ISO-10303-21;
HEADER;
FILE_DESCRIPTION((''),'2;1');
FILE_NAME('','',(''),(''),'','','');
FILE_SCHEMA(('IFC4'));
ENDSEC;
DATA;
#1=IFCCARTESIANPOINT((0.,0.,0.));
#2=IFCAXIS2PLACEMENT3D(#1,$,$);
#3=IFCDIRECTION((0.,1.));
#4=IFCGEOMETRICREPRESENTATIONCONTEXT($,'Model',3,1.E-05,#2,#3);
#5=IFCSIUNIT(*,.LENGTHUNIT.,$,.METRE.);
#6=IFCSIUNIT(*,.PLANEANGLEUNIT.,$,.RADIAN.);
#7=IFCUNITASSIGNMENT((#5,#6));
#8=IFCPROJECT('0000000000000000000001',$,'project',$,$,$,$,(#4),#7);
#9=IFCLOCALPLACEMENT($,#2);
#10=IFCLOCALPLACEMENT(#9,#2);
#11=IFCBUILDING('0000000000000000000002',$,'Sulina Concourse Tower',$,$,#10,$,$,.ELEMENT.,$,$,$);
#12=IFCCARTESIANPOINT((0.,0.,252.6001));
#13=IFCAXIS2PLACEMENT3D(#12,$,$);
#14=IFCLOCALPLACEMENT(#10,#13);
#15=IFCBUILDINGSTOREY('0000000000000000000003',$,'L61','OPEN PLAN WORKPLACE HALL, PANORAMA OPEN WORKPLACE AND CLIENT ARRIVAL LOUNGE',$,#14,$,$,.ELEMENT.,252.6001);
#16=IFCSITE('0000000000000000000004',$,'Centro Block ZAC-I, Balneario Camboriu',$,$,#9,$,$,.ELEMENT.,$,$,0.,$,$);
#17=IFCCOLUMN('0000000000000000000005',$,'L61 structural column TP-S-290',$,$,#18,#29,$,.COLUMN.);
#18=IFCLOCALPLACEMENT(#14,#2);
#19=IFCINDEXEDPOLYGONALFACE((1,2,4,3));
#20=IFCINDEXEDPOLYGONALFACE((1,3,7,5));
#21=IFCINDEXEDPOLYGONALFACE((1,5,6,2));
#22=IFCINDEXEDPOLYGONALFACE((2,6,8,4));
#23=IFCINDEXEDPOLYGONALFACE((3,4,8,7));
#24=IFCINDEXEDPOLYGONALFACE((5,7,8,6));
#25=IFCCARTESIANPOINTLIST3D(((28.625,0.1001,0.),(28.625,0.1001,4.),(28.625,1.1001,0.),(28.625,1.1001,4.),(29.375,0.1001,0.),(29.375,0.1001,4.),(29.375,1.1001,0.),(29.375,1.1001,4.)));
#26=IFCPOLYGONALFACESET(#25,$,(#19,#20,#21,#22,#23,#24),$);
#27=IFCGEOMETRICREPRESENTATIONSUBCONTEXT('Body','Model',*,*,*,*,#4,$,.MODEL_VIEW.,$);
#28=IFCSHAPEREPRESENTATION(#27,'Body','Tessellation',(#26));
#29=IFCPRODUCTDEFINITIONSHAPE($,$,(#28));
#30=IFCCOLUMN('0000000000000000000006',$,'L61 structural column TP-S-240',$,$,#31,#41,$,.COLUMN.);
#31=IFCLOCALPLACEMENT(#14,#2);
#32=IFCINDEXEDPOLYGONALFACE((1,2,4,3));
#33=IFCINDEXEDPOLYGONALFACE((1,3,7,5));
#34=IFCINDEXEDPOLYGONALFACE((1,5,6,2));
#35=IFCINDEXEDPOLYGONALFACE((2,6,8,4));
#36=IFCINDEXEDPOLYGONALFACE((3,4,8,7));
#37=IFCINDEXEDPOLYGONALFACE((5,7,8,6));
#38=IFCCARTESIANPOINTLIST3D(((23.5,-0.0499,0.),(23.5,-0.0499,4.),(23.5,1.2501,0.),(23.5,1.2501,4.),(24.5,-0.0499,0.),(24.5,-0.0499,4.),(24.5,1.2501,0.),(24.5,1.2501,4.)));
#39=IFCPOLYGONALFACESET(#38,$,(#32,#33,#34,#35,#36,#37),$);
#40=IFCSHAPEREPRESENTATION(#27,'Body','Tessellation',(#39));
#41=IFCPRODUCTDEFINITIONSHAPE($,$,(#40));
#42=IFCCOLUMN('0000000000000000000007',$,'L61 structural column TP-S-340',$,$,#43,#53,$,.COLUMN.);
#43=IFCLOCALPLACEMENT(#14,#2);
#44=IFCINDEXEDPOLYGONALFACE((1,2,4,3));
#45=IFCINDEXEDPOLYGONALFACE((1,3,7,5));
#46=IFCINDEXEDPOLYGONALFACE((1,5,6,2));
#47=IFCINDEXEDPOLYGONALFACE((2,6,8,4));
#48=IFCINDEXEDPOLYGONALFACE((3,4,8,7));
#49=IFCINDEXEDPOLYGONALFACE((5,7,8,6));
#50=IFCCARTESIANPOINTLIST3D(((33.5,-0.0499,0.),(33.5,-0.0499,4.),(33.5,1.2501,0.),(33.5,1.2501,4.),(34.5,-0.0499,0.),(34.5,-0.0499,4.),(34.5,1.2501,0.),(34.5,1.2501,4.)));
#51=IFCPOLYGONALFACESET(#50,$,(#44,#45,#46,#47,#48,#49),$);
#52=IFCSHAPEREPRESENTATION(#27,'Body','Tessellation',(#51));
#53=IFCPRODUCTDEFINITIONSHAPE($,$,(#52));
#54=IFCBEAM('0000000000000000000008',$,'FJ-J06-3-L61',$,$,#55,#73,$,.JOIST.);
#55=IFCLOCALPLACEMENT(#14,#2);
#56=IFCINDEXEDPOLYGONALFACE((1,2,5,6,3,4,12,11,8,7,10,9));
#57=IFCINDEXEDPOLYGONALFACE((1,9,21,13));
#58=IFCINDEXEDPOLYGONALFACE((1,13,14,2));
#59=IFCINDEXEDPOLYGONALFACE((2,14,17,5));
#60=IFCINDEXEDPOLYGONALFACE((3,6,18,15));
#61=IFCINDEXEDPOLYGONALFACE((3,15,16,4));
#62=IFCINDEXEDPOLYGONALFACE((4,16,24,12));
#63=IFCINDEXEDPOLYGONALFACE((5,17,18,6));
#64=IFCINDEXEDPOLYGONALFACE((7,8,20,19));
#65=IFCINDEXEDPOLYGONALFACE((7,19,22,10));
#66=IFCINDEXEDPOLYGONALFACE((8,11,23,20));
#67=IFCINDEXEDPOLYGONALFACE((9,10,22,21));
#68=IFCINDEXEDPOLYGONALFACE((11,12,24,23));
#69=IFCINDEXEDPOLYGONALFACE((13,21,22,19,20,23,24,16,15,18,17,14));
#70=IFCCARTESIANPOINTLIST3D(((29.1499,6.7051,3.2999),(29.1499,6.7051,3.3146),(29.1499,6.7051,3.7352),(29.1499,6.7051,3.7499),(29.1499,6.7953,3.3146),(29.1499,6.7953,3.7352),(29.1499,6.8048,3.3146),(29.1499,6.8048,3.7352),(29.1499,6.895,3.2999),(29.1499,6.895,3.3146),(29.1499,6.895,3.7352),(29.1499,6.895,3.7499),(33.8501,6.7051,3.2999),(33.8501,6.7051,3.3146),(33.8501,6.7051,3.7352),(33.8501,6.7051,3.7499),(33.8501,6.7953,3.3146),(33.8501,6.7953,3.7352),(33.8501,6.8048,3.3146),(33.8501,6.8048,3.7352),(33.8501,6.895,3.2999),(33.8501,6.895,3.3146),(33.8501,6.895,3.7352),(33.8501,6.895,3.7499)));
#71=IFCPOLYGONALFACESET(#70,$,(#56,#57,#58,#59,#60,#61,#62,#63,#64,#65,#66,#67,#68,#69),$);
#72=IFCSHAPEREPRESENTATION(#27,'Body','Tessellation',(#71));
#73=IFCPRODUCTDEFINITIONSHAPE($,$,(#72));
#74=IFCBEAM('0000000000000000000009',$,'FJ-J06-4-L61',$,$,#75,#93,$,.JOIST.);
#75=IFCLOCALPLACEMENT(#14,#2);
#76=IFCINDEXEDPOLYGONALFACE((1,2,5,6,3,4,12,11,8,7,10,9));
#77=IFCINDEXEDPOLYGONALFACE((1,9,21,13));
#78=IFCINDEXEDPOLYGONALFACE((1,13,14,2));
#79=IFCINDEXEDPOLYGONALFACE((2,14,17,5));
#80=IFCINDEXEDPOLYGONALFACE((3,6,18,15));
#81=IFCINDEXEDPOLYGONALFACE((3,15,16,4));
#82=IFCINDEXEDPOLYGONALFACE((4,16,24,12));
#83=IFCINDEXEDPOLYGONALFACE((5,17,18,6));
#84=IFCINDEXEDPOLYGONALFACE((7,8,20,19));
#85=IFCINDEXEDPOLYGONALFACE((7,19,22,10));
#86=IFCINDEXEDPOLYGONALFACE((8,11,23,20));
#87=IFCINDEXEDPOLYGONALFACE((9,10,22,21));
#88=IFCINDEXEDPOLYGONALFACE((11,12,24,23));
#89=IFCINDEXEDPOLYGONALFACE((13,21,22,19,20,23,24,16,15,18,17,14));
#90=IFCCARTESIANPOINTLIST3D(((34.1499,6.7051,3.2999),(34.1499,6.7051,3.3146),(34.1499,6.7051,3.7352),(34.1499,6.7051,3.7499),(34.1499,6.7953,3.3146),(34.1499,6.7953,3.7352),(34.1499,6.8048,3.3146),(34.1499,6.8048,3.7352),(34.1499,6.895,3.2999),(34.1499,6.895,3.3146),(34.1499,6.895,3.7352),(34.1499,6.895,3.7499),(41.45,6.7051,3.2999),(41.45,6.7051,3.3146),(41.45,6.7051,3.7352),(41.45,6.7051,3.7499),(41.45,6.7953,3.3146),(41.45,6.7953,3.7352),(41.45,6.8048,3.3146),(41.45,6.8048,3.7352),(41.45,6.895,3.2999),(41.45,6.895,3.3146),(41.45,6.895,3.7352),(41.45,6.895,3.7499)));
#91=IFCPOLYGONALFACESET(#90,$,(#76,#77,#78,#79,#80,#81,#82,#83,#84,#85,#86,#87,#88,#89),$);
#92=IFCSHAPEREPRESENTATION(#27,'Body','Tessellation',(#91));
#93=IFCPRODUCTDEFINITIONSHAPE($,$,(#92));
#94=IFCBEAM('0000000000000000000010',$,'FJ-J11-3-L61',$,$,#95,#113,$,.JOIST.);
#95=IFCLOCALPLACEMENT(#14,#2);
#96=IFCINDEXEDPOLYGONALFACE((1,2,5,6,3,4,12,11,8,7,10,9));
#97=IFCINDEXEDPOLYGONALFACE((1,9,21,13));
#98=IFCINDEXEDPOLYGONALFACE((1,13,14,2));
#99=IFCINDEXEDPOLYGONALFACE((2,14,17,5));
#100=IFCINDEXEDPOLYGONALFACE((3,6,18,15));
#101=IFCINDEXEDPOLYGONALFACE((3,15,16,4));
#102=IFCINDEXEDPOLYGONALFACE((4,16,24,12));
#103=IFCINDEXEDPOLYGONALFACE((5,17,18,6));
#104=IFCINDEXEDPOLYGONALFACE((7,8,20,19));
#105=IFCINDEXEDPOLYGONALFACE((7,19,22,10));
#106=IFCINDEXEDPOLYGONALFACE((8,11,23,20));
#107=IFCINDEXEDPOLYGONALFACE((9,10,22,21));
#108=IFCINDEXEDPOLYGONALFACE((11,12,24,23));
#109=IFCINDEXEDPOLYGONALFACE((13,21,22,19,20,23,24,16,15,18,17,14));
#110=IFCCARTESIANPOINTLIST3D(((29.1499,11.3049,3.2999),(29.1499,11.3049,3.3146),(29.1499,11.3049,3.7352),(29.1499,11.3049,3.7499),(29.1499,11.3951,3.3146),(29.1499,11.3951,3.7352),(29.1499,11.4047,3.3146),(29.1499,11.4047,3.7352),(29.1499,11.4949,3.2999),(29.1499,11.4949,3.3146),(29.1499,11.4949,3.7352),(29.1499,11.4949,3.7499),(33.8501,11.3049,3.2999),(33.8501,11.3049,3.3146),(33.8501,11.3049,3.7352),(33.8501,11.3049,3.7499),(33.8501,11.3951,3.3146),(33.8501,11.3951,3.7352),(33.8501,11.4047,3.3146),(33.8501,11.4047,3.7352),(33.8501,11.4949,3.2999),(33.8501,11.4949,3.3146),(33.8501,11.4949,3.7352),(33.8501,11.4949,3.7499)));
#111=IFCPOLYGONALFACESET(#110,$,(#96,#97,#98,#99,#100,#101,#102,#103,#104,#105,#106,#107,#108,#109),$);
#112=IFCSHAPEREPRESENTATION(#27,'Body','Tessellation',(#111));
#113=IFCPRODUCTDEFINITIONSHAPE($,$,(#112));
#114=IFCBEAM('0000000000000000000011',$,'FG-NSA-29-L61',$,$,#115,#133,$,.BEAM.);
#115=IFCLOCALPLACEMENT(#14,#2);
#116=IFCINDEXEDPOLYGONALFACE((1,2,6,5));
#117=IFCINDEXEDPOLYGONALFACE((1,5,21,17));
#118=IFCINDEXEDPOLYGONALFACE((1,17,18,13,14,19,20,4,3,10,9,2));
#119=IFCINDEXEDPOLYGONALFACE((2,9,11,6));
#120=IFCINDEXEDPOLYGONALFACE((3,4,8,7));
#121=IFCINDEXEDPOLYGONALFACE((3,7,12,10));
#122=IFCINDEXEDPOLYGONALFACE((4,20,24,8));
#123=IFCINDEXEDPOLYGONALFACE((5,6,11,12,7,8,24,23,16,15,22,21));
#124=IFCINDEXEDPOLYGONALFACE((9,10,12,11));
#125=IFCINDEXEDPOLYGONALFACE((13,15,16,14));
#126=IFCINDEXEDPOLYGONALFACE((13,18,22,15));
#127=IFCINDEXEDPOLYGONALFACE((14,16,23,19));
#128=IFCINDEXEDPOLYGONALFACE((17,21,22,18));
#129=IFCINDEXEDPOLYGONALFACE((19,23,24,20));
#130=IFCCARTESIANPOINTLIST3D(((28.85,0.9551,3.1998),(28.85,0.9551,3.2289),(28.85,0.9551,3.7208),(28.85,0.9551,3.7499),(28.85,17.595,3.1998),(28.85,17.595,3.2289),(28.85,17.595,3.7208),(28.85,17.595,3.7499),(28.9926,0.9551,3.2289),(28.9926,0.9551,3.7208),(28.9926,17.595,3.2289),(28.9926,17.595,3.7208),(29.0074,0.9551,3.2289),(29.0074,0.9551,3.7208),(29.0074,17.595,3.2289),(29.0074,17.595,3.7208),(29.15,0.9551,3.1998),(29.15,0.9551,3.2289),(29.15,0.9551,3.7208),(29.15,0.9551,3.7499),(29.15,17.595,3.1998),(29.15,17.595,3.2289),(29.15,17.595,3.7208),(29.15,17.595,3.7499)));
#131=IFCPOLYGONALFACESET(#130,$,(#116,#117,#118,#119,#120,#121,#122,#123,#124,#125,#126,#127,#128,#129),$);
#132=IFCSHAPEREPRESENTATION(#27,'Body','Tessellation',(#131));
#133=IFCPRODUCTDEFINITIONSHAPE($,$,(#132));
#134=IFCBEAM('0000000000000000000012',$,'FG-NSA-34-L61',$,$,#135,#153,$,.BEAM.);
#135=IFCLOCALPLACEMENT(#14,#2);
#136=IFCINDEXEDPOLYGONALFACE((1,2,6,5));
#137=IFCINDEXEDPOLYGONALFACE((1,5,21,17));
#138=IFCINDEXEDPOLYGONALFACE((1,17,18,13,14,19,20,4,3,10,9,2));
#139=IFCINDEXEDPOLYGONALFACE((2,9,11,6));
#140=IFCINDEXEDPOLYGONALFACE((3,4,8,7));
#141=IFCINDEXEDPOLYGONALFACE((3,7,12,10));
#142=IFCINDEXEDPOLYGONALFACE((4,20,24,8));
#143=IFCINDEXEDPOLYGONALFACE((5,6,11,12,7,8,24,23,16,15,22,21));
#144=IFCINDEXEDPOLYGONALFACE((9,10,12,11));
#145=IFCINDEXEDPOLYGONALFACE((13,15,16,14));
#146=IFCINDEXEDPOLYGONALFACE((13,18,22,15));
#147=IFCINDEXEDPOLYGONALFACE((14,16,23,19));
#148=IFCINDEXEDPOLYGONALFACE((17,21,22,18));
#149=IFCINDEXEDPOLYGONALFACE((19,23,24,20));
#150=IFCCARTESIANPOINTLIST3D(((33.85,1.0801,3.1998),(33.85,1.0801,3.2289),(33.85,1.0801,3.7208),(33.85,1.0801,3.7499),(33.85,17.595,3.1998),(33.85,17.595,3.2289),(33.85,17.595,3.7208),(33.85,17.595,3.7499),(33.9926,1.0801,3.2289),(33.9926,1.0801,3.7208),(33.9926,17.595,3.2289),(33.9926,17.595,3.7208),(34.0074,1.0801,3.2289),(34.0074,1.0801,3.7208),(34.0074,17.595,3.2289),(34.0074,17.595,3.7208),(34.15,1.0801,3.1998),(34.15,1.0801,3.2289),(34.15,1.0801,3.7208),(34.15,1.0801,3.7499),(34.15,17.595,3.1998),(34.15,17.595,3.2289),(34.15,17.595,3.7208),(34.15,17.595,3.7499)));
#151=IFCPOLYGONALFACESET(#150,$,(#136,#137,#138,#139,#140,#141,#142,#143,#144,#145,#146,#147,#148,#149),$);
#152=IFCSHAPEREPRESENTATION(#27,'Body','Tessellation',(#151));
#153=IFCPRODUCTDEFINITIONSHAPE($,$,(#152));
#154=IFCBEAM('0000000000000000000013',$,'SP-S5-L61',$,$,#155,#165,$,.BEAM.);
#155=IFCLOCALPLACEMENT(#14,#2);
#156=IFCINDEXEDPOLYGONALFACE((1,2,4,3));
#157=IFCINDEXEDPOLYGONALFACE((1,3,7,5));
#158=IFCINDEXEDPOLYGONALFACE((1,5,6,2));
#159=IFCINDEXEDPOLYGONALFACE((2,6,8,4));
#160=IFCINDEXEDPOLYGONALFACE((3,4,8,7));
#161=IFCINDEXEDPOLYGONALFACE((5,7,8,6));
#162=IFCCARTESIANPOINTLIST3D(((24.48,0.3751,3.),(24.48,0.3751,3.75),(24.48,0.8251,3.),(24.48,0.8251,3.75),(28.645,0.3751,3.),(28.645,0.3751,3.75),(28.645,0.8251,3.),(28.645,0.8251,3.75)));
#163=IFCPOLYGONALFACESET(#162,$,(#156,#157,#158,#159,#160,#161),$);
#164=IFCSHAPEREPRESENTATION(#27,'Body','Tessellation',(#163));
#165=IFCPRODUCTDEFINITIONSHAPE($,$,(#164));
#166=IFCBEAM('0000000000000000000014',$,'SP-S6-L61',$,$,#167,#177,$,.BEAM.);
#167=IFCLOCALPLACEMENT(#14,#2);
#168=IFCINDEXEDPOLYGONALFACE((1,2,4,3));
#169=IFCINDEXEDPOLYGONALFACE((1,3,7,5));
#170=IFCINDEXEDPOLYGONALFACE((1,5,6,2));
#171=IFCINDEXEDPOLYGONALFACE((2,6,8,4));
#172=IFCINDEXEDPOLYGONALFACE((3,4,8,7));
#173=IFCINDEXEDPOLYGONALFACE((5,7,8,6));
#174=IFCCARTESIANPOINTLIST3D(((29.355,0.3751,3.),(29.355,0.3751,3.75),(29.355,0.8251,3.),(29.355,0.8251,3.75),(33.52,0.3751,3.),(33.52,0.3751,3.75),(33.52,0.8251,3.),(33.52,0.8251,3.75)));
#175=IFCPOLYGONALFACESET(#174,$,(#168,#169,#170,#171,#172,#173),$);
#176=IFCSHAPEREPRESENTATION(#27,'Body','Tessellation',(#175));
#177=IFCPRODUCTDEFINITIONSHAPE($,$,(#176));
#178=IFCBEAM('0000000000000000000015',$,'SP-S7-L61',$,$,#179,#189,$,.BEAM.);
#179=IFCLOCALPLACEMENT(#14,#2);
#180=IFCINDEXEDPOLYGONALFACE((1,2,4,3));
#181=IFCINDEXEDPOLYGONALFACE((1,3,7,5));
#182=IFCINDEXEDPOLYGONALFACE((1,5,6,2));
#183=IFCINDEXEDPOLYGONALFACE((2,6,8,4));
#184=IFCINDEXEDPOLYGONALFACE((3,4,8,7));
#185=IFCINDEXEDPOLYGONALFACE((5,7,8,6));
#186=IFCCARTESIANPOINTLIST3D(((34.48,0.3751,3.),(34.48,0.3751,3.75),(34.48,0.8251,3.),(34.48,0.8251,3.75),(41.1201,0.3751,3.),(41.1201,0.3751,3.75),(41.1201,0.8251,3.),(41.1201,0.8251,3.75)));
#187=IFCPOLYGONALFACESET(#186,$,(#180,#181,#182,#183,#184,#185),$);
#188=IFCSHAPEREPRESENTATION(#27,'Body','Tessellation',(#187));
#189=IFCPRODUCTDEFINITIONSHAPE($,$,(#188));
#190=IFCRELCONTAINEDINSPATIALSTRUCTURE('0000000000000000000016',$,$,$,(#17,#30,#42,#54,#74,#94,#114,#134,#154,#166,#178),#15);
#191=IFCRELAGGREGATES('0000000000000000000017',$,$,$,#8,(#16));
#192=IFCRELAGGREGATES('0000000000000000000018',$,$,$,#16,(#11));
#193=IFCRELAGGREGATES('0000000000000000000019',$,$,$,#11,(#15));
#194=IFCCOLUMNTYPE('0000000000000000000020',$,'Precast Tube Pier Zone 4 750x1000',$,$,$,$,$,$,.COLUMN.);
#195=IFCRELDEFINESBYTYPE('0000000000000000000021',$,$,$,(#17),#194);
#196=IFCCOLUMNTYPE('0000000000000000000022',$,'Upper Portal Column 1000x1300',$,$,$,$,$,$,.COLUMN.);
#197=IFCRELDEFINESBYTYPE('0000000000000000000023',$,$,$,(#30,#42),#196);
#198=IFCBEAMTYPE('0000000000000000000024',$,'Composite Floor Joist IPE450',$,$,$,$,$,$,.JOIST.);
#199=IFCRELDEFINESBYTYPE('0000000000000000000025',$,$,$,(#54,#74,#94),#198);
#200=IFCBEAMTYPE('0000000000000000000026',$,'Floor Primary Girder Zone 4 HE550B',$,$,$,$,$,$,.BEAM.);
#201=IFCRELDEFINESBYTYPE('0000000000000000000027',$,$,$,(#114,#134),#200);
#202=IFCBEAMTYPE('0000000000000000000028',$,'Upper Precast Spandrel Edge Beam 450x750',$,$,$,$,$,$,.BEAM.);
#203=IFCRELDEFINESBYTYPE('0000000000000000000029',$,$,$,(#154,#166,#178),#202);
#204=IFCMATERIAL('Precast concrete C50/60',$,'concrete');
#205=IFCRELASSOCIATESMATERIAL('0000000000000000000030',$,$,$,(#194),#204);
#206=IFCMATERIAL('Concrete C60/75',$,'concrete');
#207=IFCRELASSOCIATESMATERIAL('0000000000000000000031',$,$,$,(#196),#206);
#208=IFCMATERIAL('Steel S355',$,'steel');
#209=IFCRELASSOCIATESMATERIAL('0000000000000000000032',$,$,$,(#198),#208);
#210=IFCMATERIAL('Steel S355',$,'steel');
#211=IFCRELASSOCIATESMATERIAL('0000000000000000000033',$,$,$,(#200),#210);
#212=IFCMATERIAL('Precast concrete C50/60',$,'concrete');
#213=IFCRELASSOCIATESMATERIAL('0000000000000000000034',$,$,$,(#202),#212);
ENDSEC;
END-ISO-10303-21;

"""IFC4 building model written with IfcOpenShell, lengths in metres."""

from ifc_helpers import new_model, si_unit, direction, frame, origin, origin_2d, place, context, subcontext, project, spatial, rectangle, i_section, extrude, material, material_profile, profile_set, type_object, element, save


model = new_model("IFC4")

# Units and contexts
model_context = context("Model", 3, precision=1e-05, world=origin(), true_north=direction((0.0, 1.0)))
body_context = subcontext(model_context, "Body", "Model", "MODEL_VIEW")
ifc_project = project(units=[si_unit("LENGTHUNIT", "METRE"), si_unit("PLANEANGLEUNIT", "RADIAN")], contexts=[model_context])

# Site, building, storey
site_placement = place(None, origin())
site = spatial("IfcSite", under=ifc_project, at=site_placement, Name="Centro Block ZAC-I, Balneario Camboriu", CompositionType="ELEMENT", RefElevation=0.0)
building_placement = place(site_placement, origin())
building = spatial("IfcBuilding", under=site, at=building_placement, Name="Sulina Concourse Tower", CompositionType="ELEMENT")
storey_placement = place(building_placement, frame((0.0, 0.0, 252.6001)))
storey = spatial("IfcBuildingStorey", under=building, at=storey_placement, Name="L61", Description="OPEN PLAN WORKPLACE HALL, PANORAMA OPEN WORKPLACE AND CLIENT ARRIVAL LOUNGE", CompositionType="ELEMENT", Elevation=252.6001)

# Columns
ifc_material_1 = material(Name="Precast concrete C50/60", Category="concrete")
ifc_material_profile_1 = material_profile(ifc_material_1, rectangle(XDim=0.75, YDim=1.0, at=origin_2d()), Name="PC 750x1000")
ifc_profile_set_1 = profile_set([ifc_material_profile_1], Name="Precast concrete C50/60")
column_type_1 = type_object("IfcColumnType", Name="Precast Tube Pier Zone 4 750x1000", PredefinedType="COLUMN", material=ifc_profile_set_1)
column_placement = place(storey_placement, frame((29.0, 0.6001, 0.0), z_axis=(0.0, 0.0, 1.0), x_axis=(1.0, 0.0, 0.0)))
element("IfcColumn", 1, at=column_placement, inside=storey, type_object=column_type_1, Name="L61 structural column TP-S-290", PredefinedType="COLUMN", context=body_context, shape_type="SweptSolid", body=[
    extrude(rectangle(XDim=0.75, YDim=1.0, at=origin_2d()), origin(), (0.0, 0.0, 1.0), 4.0),
])
ifc_material_2 = material(Name="Concrete C60/75", Category="concrete")
ifc_material_profile_2 = material_profile(ifc_material_2, rectangle(XDim=1.0, YDim=1.3, at=origin_2d()), Name="RC 1000x1300")
ifc_profile_set_2 = profile_set([ifc_material_profile_2], Name="Concrete C60/75")
column_type_2 = type_object("IfcColumnType", Name="Upper Portal Column 1000x1300", PredefinedType="COLUMN", material=ifc_profile_set_2)
for number, where, z_axis, x_axis, name in (
    (2, (24.0, 0.6001, 0.0), (0.0, 0.0, 1.0), (1.0, 0.0, 0.0), "L61 structural column TP-S-240"),
    (3, (34.0, 0.6001, 0.0), (0.0, 0.0, 1.0), (1.0, 0.0, 0.0), "L61 structural column TP-S-340"),
):
    element("IfcColumn", number, at=place(storey_placement, frame(where, z_axis=z_axis, x_axis=x_axis)), inside=storey, type_object=column_type_2, Name=name, PredefinedType="COLUMN", context=body_context, shape_type="SweptSolid", body=[
        extrude(rectangle(XDim=1.0, YDim=1.3, at=origin_2d()), origin(), (0.0, 0.0, 1.0), 4.0),
    ])

# Beams
ifc_material_3 = material(Name="Steel S355", Category="steel")
ifc_material_profile_3 = material_profile(ifc_material_3, i_section(OverallWidth=0.1899, OverallDepth=0.45, WebThickness=0.0095, FlangeThickness=0.0146, at=origin_2d()), Name="IPE 450")
ifc_profile_set_3 = profile_set([ifc_material_profile_3], Name="Steel S355")
beam_type_1 = type_object("IfcBeamType", Name="Composite Floor Joist IPE450", PredefinedType="JOIST", material=ifc_profile_set_3)
beam_1_placement = place(storey_placement, frame((29.1499, 6.8, 3.5249), z_axis=(1.0, 0.0, 0.0), x_axis=(0.0, 1.0, 0.0)))
element("IfcBeam", 4, at=beam_1_placement, inside=storey, type_object=beam_type_1, Name="FJ-J06-3-L61", PredefinedType="JOIST", context=body_context, shape_type="SweptSolid", body=[
    extrude(i_section(OverallWidth=0.1899, OverallDepth=0.45, WebThickness=0.0095, FlangeThickness=0.0146, at=origin_2d()), origin(), (0.0, 0.0, 1.0), 4.7002),
])
beam_2_placement = place(storey_placement, frame((34.1499, 6.8, 3.5249), z_axis=(1.0, 0.0, 0.0), x_axis=(0.0, 1.0, 0.0)))
element("IfcBeam", 5, at=beam_2_placement, inside=storey, type_object=beam_type_1, Name="FJ-J06-4-L61", PredefinedType="JOIST", context=body_context, shape_type="SweptSolid", body=[
    extrude(i_section(OverallWidth=0.1899, OverallDepth=0.45, WebThickness=0.0095, FlangeThickness=0.0146, at=origin_2d()), origin(), (0.0, 0.0, 1.0), 7.3),
])
beam_3_placement = place(storey_placement, frame((29.1499, 11.3999, 3.5249), z_axis=(1.0, 0.0, 0.0), x_axis=(0.0, 1.0, 0.0)))
element("IfcBeam", 6, at=beam_3_placement, inside=storey, type_object=beam_type_1, Name="FJ-J11-3-L61", PredefinedType="JOIST", context=body_context, shape_type="SweptSolid", body=[
    extrude(i_section(OverallWidth=0.1899, OverallDepth=0.45, WebThickness=0.0095, FlangeThickness=0.0146, at=origin_2d()), origin(), (0.0, 0.0, 1.0), 4.7002),
])
ifc_material_4 = material(Name="Steel S355", Category="steel")
ifc_material_profile_4 = material_profile(ifc_material_4, i_section(OverallWidth=0.3, OverallDepth=0.55, WebThickness=0.0149, FlangeThickness=0.0291, at=origin_2d()), Name="HE 550 B")
ifc_profile_set_4 = profile_set([ifc_material_profile_4], Name="Steel S355")
beam_type_2 = type_object("IfcBeamType", Name="Floor Primary Girder Zone 4 HE550B", PredefinedType="BEAM", material=ifc_profile_set_4)
beam_4_placement = place(storey_placement, frame((29.0, 0.9551, 3.4749), z_axis=(0.0, 1.0, 0.0), x_axis=(-1.0, 0.0, 0.0)))
element("IfcBeam", 7, at=beam_4_placement, inside=storey, type_object=beam_type_2, Name="FG-NSA-29-L61", PredefinedType="BEAM", context=body_context, shape_type="SweptSolid", body=[
    extrude(i_section(OverallWidth=0.3, OverallDepth=0.55, WebThickness=0.0149, FlangeThickness=0.0291, at=origin_2d()), origin(), (0.0, 0.0, 1.0), 16.6399),
])
beam_5_placement = place(storey_placement, frame((34.0, 1.0801, 3.4749), z_axis=(0.0, 1.0, 0.0), x_axis=(-1.0, 0.0, 0.0)))
element("IfcBeam", 8, at=beam_5_placement, inside=storey, type_object=beam_type_2, Name="FG-NSA-34-L61", PredefinedType="BEAM", context=body_context, shape_type="SweptSolid", body=[
    extrude(i_section(OverallWidth=0.3, OverallDepth=0.55, WebThickness=0.0149, FlangeThickness=0.0291, at=origin_2d()), origin(), (0.0, 0.0, 1.0), 16.5149),
])
ifc_material_5 = material(Name="Precast concrete C50/60", Category="concrete")
ifc_material_profile_5 = material_profile(ifc_material_5, rectangle(XDim=0.45, YDim=0.75, at=origin_2d()), Name="RC 450x750")
ifc_profile_set_5 = profile_set([ifc_material_profile_5], Name="Precast concrete C50/60")
beam_type_3 = type_object("IfcBeamType", Name="Upper Precast Spandrel Edge Beam 450x750", PredefinedType="BEAM", material=ifc_profile_set_5)
for number, where, z_axis, x_axis, name in (
    (9, (24.48, 0.6001, 3.375), (1.0, 0.0, 0.0), (0.0, 1.0, 0.0), "SP-S5-L61"),
    (10, (29.355, 0.6001, 3.375), (1.0, 0.0, 0.0), (0.0, 1.0, 0.0), "SP-S6-L61"),
):
    element("IfcBeam", number, at=place(storey_placement, frame(where, z_axis=z_axis, x_axis=x_axis)), inside=storey, type_object=beam_type_3, Name=name, PredefinedType="BEAM", context=body_context, shape_type="SweptSolid", body=[
        extrude(rectangle(XDim=0.45, YDim=0.75, at=origin_2d()), origin(), (0.0, 0.0, 1.0), 4.165),
    ])
beam_6_placement = place(storey_placement, frame((34.48, 0.6001, 3.375), z_axis=(1.0, 0.0, 0.0), x_axis=(0.0, 1.0, 0.0)))
element("IfcBeam", 11, at=beam_6_placement, inside=storey, type_object=beam_type_3, Name="SP-S7-L61", PredefinedType="BEAM", context=body_context, shape_type="SweptSolid", body=[
    extrude(rectangle(XDim=0.45, YDim=0.75, at=origin_2d()), origin(), (0.0, 0.0, 1.0), 6.6401),
])

save(model, "model.ifc")
